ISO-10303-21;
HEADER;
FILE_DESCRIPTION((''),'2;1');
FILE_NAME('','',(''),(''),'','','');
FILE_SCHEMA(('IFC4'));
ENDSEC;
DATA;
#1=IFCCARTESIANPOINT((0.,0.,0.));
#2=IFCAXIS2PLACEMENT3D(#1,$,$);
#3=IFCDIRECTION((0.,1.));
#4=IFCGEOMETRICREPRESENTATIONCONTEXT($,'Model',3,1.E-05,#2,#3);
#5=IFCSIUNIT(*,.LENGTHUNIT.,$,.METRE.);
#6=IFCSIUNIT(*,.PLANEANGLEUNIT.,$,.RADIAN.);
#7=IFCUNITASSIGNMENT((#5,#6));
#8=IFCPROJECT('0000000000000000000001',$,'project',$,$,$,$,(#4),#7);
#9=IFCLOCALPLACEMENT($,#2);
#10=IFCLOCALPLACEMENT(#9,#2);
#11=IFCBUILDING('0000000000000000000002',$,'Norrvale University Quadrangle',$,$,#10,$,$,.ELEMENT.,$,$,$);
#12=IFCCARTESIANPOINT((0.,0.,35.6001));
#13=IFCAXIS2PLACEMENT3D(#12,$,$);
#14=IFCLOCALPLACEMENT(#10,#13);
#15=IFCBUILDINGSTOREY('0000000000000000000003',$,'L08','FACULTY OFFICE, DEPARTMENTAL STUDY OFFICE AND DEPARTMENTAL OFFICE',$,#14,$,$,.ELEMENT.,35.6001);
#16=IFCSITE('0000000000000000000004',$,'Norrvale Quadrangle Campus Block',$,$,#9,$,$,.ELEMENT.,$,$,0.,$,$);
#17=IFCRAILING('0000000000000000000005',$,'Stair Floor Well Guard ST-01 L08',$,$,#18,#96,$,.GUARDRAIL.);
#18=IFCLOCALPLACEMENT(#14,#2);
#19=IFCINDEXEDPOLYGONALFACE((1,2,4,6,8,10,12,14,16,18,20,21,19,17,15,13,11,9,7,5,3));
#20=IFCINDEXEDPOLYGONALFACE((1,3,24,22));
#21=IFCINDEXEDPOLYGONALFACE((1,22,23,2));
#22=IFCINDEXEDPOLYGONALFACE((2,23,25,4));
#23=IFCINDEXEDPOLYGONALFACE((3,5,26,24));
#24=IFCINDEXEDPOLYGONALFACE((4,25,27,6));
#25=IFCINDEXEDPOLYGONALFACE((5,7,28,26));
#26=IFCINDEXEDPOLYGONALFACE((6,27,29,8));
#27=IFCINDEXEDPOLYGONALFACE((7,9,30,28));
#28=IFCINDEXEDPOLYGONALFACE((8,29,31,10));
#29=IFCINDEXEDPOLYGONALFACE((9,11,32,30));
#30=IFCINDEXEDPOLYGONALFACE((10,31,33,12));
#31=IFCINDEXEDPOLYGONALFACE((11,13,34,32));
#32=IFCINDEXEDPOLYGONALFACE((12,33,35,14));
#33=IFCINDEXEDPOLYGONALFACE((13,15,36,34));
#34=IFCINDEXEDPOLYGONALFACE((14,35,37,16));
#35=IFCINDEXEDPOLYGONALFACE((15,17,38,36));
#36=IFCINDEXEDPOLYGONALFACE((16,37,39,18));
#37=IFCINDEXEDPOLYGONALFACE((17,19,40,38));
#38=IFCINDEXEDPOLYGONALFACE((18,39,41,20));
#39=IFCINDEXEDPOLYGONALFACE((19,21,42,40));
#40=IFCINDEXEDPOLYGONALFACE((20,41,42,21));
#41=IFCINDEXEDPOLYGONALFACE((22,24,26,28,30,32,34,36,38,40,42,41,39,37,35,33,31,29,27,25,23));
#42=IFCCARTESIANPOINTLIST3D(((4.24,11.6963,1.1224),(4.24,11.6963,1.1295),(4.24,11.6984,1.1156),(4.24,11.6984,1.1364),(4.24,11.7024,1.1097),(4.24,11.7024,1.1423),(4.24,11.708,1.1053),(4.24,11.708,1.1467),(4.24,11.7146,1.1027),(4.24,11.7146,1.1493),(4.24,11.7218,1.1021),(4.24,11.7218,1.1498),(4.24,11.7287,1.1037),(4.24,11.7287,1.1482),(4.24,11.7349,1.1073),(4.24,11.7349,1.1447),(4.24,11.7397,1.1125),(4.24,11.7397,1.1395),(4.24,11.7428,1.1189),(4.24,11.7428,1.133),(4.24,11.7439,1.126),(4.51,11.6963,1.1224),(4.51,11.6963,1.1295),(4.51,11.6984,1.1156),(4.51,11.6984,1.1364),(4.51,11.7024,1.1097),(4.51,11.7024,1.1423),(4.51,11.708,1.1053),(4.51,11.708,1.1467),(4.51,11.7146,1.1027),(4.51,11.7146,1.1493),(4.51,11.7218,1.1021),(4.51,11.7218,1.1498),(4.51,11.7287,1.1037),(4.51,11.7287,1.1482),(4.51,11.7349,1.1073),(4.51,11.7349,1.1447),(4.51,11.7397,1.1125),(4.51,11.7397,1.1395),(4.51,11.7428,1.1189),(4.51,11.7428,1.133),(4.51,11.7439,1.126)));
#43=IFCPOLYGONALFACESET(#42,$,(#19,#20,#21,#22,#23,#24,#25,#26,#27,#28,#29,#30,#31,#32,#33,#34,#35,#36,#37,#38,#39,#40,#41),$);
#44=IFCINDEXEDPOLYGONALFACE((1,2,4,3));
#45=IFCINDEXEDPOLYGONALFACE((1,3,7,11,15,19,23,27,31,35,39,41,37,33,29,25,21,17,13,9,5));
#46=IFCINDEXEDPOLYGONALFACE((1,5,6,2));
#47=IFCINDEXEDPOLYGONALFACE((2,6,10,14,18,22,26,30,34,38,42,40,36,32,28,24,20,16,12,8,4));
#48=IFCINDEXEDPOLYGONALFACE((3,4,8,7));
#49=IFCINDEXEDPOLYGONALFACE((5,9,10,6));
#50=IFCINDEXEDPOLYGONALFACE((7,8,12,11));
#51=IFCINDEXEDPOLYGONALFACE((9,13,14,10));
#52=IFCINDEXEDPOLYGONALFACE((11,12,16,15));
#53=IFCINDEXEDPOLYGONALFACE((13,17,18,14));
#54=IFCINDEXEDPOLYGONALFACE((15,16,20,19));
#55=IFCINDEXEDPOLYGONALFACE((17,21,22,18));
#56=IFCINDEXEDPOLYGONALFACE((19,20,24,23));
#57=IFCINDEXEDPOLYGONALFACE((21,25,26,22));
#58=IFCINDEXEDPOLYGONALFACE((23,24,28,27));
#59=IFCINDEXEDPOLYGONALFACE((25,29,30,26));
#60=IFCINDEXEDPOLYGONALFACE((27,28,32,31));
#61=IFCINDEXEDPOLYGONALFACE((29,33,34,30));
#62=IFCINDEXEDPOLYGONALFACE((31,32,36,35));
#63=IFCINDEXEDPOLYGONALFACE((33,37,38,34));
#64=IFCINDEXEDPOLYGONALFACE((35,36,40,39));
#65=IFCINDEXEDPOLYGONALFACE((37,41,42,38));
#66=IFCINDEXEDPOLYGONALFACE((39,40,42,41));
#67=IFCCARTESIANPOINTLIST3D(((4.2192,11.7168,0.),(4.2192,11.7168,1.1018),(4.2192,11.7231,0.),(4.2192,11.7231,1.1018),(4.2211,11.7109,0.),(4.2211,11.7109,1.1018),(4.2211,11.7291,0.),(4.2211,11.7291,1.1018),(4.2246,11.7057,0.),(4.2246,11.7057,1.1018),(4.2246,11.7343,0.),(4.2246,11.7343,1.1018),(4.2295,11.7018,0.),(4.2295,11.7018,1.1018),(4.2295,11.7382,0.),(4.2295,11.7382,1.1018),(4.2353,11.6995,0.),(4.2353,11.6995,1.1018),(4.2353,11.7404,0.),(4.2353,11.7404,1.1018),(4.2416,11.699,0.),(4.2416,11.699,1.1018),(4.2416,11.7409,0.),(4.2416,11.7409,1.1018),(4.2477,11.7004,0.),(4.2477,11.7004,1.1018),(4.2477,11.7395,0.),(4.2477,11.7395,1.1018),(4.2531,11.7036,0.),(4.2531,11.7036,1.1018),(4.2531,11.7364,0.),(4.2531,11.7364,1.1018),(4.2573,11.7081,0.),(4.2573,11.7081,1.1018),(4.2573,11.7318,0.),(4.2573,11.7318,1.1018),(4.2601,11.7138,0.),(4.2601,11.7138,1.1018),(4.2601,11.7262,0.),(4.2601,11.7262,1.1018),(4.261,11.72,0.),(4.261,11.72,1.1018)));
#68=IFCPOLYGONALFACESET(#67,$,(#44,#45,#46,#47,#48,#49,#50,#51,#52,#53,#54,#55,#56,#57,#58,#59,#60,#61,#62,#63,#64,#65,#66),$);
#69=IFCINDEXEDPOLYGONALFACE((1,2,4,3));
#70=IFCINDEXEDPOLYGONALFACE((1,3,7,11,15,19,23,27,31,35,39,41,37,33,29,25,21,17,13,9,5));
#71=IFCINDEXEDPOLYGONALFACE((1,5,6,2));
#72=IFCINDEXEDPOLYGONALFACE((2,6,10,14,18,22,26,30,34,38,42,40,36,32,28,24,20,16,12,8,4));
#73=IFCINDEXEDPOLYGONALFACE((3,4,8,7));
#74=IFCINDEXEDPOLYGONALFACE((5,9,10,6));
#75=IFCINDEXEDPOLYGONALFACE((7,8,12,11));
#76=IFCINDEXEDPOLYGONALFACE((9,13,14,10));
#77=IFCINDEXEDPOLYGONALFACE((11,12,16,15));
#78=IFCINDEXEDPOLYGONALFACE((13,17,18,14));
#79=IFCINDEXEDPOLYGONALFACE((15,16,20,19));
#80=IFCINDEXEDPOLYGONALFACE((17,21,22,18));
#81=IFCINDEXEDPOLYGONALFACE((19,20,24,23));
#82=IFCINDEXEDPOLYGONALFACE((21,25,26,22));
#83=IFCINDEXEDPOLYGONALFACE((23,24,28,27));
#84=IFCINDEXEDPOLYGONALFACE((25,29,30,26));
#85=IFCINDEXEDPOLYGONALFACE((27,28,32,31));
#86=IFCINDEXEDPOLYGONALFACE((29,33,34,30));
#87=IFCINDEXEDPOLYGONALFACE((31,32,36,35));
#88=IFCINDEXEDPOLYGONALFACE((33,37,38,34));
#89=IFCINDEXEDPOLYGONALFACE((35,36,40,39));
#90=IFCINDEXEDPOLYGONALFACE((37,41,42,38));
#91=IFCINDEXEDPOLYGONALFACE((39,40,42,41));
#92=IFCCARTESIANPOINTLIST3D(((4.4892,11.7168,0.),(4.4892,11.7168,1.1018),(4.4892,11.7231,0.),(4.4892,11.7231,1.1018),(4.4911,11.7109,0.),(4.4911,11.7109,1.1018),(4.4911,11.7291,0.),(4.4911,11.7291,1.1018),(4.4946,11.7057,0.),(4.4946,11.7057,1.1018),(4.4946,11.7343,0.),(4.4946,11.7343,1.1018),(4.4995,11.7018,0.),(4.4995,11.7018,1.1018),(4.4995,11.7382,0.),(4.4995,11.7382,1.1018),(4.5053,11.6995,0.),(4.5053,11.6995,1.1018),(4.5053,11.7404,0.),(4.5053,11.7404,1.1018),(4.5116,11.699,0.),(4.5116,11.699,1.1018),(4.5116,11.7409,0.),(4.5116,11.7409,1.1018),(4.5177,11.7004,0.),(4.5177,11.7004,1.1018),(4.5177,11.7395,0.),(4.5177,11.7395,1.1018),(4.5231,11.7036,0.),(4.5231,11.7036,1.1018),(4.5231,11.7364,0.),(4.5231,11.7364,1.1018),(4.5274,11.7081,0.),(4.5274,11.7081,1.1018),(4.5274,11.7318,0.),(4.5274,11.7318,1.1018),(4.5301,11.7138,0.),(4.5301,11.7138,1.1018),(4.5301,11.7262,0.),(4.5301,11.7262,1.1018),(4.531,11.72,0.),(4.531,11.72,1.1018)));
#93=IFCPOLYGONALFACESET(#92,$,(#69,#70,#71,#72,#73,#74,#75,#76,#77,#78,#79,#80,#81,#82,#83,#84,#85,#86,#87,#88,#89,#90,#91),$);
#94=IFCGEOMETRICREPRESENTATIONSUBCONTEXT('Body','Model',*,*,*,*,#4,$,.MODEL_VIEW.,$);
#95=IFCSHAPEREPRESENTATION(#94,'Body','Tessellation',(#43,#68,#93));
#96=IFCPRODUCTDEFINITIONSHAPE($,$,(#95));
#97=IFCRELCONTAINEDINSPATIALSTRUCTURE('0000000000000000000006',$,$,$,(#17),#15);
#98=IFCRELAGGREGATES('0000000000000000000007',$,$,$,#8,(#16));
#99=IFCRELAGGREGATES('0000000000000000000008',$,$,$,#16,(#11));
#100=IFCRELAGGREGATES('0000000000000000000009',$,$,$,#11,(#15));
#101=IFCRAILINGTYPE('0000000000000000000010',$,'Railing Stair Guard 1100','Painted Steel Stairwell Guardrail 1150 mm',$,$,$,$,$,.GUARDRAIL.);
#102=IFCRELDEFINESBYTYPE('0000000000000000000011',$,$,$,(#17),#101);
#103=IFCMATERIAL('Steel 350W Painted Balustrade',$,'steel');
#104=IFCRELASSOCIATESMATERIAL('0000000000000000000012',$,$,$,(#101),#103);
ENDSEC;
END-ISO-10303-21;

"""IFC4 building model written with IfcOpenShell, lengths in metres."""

from ifc_helpers import new_model, si_unit, direction, frame, origin, origin_2d, place, context, subcontext, project, spatial, circle, extrude, material, type_object, element, save


model = new_model("IFC4")

# Units and contexts
model_context = context("Model", 3, precision=1e-05, world=origin(), true_north=direction((0.0, 1.0)))
body_context = subcontext(model_context, "Body", "Model", "MODEL_VIEW")
ifc_project = project(units=[si_unit("LENGTHUNIT", "METRE"), si_unit("PLANEANGLEUNIT", "RADIAN")], contexts=[model_context])

# Site, building, storey
site_placement = place(None, origin())
site = spatial("IfcSite", under=ifc_project, at=site_placement, Name="Norrvale Quadrangle Campus Block", CompositionType="ELEMENT", RefElevation=0.0)
building_placement = place(site_placement, origin())
building = spatial("IfcBuilding", under=site, at=building_placement, Name="Norrvale University Quadrangle", CompositionType="ELEMENT")
storey_placement = place(building_placement, frame((0.0, 0.0, 35.6001)))
storey = spatial("IfcBuildingStorey", under=building, at=storey_placement, Name="L08", Description="FACULTY OFFICE, DEPARTMENTAL STUDY OFFICE AND DEPARTMENTAL OFFICE", CompositionType="ELEMENT", Elevation=35.6001)

# Railing
ifc_material_1 = material(Name="Steel 350W Painted Balustrade", Category="steel")
railing_type = type_object("IfcRailingType", Name="Railing Stair Guard 1100", Description="Painted Steel Stairwell Guardrail 1150 mm", PredefinedType="GUARDRAIL", material=ifc_material_1)
railing_placement = place(storey_placement, frame((4.24, 11.72, 0.0)))
element("IfcRailing", 1, at=railing_placement, inside=storey, type_object=railing_type, Name="Stair Floor Well Guard ST-01 L08", PredefinedType="GUARDRAIL", context=body_context, shape_type="SweptSolid", body=[
    extrude(circle(Radius=0.0239, at=origin_2d()), frame((0.0, 0.0, 1.126), z_axis=(1.0, 0.0, 0.0), x_axis=(0.0, 1.0, 0.0)), (0.0, 0.0, 1.0), 0.27),
    extrude(circle(Radius=0.021, at=origin_2d()), origin(), (0.0, 0.0, 1.0), 1.1018),
    extrude(circle(Radius=0.021, at=origin_2d()), frame((0.27, 0.0, 0.0)), (0.0, 0.0, 1.0), 1.1018),
])

save(model, "model.ifc")
